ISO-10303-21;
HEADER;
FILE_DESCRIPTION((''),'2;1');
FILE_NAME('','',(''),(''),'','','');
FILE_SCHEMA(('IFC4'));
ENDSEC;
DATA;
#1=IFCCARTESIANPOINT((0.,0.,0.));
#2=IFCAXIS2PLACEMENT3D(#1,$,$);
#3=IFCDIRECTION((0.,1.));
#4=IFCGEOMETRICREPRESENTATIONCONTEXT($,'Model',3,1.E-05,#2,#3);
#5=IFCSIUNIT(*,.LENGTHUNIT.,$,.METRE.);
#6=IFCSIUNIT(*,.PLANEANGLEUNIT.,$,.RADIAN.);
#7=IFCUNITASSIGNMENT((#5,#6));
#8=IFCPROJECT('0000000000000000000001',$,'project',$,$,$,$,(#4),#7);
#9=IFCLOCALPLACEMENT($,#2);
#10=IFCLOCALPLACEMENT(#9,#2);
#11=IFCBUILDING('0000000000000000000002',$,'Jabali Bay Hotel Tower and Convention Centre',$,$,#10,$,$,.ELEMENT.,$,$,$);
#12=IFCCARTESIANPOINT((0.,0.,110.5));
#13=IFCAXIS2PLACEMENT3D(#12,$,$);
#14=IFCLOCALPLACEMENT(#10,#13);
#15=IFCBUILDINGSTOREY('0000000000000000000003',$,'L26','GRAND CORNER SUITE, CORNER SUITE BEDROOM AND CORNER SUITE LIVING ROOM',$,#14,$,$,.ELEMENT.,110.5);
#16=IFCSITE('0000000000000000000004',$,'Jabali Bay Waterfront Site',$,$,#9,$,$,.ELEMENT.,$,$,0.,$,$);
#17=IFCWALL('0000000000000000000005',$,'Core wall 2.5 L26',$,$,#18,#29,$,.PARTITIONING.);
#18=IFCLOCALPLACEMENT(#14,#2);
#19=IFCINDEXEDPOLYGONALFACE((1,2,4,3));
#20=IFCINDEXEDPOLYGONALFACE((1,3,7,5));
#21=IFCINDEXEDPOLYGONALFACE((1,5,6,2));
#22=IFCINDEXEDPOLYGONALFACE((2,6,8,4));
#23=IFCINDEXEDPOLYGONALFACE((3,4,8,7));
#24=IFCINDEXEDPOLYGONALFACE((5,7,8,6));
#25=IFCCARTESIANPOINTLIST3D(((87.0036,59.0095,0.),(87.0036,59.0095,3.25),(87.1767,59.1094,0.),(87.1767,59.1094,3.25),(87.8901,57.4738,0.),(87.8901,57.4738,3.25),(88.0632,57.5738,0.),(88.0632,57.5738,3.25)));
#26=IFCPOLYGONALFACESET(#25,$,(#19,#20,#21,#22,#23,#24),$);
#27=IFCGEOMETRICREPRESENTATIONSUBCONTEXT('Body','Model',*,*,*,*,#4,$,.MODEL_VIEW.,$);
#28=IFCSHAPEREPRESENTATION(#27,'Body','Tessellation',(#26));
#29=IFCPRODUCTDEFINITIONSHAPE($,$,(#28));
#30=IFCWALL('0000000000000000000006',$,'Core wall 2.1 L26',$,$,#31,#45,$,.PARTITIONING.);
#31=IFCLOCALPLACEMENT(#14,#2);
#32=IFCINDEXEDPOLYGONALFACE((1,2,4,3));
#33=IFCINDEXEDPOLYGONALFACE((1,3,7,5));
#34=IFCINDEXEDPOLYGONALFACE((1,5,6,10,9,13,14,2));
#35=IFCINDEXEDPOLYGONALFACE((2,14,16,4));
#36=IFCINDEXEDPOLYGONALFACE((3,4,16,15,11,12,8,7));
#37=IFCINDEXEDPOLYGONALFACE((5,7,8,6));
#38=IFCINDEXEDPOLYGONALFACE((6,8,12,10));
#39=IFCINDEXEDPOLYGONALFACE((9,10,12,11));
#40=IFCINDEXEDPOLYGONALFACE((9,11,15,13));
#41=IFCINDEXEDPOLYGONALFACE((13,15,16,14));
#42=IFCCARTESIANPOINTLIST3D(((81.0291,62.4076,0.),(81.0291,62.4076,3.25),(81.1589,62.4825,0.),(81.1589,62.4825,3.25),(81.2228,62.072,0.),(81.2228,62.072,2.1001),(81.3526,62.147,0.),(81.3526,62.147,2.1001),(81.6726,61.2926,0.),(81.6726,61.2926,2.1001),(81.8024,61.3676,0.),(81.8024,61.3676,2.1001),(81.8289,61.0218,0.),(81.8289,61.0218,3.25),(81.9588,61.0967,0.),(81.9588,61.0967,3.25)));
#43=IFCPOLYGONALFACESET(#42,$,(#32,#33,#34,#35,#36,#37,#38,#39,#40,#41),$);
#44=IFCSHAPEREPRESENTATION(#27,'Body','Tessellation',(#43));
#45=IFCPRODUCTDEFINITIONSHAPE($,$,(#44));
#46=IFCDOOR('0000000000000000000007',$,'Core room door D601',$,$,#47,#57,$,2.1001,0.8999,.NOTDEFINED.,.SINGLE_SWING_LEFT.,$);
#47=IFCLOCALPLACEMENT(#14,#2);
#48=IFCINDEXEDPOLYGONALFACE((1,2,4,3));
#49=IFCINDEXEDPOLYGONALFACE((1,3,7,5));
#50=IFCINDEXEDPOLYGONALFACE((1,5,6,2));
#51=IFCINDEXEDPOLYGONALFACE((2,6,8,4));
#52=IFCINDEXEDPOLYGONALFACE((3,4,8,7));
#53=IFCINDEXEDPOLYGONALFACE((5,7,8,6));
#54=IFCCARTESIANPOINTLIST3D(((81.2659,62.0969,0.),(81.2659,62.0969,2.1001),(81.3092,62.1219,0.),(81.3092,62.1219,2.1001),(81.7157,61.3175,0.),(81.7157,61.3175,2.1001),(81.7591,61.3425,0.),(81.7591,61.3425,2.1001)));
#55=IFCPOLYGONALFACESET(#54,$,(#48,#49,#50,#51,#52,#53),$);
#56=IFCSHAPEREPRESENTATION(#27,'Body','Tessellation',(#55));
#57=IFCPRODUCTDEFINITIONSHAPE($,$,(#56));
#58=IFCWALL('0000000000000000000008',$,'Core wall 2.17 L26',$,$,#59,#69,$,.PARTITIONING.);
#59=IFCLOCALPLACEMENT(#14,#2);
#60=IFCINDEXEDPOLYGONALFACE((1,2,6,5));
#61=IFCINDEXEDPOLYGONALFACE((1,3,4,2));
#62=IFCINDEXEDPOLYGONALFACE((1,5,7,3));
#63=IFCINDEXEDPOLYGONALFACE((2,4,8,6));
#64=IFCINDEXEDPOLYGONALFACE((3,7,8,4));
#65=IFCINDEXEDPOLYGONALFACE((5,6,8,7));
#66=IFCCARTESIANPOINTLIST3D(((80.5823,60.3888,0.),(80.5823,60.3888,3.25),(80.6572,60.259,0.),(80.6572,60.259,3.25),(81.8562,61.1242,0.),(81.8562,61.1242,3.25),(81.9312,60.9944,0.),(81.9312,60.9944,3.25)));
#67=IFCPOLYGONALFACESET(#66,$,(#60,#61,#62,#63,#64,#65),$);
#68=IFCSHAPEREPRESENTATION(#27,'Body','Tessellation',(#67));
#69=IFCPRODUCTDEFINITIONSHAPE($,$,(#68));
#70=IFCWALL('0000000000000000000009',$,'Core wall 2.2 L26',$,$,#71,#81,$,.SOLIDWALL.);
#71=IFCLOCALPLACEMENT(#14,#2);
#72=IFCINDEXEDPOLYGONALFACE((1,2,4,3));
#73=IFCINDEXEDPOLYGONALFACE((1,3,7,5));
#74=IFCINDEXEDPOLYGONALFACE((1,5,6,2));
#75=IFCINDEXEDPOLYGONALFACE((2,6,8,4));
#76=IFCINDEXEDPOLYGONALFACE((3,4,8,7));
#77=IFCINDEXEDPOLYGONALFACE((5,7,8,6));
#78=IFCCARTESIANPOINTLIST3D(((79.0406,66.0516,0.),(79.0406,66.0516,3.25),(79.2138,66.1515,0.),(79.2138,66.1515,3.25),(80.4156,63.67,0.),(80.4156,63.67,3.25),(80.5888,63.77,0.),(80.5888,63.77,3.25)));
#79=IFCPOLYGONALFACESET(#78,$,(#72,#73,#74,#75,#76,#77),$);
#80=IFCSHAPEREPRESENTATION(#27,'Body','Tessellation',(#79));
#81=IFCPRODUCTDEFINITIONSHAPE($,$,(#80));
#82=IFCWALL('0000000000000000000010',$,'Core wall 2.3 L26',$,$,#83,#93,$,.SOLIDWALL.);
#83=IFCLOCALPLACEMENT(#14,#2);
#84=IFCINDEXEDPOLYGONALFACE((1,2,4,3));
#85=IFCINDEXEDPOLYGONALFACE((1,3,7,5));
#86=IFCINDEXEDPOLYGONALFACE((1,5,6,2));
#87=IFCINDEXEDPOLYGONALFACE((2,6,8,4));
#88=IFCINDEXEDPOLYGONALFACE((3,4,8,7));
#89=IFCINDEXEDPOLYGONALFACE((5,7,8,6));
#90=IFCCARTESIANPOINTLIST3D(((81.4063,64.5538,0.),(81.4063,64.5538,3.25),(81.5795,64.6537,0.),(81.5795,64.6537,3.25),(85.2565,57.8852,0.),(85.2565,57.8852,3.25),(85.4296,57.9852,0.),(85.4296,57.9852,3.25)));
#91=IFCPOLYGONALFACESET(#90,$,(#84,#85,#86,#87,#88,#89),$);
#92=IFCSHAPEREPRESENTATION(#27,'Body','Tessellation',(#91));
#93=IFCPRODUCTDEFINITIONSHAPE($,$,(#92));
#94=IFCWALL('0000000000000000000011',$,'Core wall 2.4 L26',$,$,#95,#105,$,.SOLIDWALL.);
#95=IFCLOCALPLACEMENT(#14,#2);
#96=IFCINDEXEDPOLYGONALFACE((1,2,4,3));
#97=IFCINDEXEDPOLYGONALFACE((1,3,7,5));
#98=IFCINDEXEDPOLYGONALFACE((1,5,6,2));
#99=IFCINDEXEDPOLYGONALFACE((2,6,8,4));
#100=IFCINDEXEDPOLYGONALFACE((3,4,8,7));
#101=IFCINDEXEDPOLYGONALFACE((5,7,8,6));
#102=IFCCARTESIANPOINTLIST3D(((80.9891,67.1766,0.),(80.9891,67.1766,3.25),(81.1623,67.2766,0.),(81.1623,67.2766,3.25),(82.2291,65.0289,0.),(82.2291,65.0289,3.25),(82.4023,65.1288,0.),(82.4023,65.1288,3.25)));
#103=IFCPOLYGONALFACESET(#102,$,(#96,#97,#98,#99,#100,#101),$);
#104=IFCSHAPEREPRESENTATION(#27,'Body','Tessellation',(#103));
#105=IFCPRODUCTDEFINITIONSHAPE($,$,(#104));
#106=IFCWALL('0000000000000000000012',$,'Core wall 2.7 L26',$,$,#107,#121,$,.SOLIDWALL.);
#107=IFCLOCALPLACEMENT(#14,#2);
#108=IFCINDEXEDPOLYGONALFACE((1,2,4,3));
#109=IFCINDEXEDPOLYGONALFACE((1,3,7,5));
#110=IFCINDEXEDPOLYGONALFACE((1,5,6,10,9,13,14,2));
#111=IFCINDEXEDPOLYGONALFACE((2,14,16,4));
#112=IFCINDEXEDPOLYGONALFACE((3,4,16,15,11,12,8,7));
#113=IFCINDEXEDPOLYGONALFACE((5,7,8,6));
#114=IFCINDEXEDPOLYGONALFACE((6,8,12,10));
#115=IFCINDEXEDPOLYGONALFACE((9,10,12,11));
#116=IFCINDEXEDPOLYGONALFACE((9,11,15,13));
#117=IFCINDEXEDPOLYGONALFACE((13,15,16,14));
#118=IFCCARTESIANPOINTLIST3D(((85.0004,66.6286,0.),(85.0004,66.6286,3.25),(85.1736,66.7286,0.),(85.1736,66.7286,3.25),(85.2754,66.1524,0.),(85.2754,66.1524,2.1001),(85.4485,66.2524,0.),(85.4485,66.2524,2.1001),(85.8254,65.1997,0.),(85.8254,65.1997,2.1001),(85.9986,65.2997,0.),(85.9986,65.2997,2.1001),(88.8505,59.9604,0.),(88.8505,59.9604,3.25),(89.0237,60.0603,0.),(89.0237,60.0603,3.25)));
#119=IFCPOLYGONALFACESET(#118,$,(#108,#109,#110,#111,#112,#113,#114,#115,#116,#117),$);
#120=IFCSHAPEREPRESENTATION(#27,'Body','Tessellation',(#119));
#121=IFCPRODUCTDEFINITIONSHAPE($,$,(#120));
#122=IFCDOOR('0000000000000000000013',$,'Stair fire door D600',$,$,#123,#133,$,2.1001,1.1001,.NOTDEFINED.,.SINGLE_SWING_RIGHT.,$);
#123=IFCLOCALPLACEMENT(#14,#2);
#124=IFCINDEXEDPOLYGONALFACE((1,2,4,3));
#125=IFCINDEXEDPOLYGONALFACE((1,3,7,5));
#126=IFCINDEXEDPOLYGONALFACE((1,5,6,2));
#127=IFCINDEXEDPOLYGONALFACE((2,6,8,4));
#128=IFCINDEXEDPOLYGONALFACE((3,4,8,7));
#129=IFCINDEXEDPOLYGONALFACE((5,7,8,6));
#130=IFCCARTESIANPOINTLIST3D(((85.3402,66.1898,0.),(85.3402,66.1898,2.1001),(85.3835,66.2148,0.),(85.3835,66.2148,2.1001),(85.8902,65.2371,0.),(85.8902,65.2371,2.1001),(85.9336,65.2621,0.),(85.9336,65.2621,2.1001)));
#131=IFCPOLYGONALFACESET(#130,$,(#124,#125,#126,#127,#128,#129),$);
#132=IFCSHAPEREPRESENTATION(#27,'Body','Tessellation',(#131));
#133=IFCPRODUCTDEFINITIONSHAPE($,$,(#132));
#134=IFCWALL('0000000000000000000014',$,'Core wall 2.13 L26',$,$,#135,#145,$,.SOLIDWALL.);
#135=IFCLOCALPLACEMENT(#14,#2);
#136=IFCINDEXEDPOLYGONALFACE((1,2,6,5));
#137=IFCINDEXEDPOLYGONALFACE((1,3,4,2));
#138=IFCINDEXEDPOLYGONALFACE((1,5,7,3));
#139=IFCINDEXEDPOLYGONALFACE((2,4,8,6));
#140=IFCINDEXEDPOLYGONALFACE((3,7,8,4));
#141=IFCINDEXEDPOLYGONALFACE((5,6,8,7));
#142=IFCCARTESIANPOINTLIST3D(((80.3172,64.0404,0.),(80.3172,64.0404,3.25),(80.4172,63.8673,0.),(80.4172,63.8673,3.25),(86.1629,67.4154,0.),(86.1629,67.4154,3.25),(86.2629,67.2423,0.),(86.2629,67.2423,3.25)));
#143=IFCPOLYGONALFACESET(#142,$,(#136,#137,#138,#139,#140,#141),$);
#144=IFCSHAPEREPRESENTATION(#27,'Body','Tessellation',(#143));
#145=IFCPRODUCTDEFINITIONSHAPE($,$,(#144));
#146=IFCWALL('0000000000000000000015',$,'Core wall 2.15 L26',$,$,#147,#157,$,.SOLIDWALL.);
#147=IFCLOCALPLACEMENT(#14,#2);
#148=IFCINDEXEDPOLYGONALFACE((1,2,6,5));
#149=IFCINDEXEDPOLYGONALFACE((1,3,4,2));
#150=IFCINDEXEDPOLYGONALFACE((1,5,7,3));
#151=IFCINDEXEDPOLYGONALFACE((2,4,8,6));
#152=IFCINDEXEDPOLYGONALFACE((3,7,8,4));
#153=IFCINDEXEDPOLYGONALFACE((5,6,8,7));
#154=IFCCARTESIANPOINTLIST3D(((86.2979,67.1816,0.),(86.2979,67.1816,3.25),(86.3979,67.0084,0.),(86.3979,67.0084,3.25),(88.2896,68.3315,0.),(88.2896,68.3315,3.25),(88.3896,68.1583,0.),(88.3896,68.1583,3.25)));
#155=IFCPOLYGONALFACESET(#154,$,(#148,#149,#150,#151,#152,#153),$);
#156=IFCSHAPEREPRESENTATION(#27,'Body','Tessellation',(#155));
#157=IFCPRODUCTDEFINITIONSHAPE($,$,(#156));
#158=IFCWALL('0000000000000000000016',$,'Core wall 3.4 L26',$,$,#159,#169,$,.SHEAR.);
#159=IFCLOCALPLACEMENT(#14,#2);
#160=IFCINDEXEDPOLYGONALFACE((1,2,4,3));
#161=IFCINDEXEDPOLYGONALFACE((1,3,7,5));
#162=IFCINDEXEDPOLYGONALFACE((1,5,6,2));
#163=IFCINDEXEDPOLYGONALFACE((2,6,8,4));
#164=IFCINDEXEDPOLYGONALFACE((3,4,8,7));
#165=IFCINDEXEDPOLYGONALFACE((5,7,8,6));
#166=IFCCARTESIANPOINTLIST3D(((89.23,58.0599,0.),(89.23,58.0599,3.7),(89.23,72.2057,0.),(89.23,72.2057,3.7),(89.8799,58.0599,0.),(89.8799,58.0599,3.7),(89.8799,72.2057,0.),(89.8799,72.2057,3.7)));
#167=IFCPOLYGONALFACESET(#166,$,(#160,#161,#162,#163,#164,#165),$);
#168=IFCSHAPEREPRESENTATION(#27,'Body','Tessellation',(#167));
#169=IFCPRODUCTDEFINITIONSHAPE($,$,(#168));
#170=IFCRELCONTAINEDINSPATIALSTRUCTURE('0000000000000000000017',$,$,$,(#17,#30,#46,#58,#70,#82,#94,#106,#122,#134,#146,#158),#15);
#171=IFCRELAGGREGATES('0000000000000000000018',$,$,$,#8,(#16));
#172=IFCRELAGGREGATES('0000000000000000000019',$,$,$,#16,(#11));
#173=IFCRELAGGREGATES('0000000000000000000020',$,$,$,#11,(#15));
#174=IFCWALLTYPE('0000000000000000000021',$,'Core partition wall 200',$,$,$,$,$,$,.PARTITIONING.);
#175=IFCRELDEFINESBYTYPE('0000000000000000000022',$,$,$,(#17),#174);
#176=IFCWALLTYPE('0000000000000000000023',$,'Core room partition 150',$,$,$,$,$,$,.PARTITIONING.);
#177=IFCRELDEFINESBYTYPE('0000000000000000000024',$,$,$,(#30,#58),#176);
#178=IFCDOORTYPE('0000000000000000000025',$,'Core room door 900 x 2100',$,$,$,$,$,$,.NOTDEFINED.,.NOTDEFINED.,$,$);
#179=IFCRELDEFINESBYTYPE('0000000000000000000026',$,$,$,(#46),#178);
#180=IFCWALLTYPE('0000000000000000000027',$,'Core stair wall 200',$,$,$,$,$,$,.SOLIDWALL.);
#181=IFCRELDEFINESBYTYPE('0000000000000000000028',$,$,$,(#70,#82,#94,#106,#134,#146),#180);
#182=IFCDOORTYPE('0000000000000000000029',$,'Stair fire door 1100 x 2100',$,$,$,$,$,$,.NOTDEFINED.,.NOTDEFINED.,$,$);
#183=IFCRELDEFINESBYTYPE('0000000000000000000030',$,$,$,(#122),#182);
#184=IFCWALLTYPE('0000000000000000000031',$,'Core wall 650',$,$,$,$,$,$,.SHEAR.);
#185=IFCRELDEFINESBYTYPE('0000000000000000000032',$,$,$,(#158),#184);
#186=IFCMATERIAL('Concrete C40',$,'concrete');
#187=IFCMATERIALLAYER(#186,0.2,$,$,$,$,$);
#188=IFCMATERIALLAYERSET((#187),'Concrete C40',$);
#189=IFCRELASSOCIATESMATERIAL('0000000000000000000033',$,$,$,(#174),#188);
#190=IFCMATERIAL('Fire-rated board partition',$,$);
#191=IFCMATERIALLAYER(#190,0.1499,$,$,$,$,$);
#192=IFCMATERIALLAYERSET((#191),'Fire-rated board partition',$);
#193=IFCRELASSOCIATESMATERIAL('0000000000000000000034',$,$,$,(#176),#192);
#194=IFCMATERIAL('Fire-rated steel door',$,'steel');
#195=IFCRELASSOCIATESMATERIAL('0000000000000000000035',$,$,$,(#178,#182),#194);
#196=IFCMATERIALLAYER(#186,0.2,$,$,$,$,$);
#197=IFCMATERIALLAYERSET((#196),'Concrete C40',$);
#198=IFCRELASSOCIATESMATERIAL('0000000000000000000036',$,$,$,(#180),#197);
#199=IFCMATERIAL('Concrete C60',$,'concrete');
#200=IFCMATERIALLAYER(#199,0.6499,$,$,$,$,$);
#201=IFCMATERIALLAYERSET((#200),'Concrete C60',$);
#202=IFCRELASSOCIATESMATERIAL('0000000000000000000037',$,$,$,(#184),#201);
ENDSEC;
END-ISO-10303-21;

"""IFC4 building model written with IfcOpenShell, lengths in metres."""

from ifc_helpers import new_model, si_unit, direction, frame, frame_2d, origin, place, context, subcontext, project, spatial, rectangle, extrude, material, layer, layer_set, type_object, element, fill, save


model = new_model("IFC4")

# Units and contexts
model_context = context("Model", 3, precision=1e-05, world=origin(), true_north=direction((0.0, 1.0)))
body_context = subcontext(model_context, "Body", "Model", "MODEL_VIEW")
ifc_project = project(units=[si_unit("LENGTHUNIT", "METRE"), si_unit("PLANEANGLEUNIT", "RADIAN")], contexts=[model_context])

# Site, building, storey
site_placement = place(None, origin())
site = spatial("IfcSite", under=ifc_project, at=site_placement, Name="Jabali Bay Waterfront Site", CompositionType="ELEMENT", RefElevation=0.0)
building_placement = place(site_placement, origin())
building = spatial("IfcBuilding", under=site, at=building_placement, Name="Jabali Bay Hotel Tower and Convention Centre", CompositionType="ELEMENT")
storey_placement = place(building_placement, frame((0.0, 0.0, 110.5)))
storey = spatial("IfcBuildingStorey", under=building, at=storey_placement, Name="L26", Description="GRAND CORNER SUITE, CORNER SUITE BEDROOM AND CORNER SUITE LIVING ROOM", CompositionType="ELEMENT", Elevation=110.5)

# Wall
ifc_material_1 = material(Name="Concrete C40", Category="concrete")
ifc_layer_1 = layer(ifc_material_1, 0.2)
ifc_layer_set_1 = layer_set([ifc_layer_1], Name="Concrete C40")
wall_type_1 = type_object("IfcWallType", Name="Core partition wall 200", PredefinedType="PARTITIONING", material=ifc_layer_set_1)
wall_1_placement = place(storey_placement, frame((87.0901, 59.0596, 0.0), z_axis=(0.0, 0.0, 1.0), x_axis=(0.499945, -0.866057, 0.0)))
element("IfcWall", 1, at=wall_1_placement, inside=storey, type_object=wall_type_1, Name="Core wall 2.5 L26", PredefinedType="PARTITIONING", context=body_context, shape_type="SweptSolid", body=[
    extrude(rectangle(XDim=1.7732, YDim=0.2, at=frame_2d((0.8867, 0.0))), origin(), (0.0, 0.0, 1.0), 3.25),
])

# Wall, opening, door
ifc_material_2 = material(Name="Fire-rated board partition")
ifc_layer_2 = layer(ifc_material_2, 0.1499)
ifc_layer_set_2 = layer_set([ifc_layer_2], Name="Fire-rated board partition")
wall_type_2 = type_object("IfcWallType", Name="Core room partition 150", PredefinedType="PARTITIONING", material=ifc_layer_set_2)
wall_2_placement = place(storey_placement, frame((81.094, 62.4451, 0.0), z_axis=(0.0, 0.0, 1.0), x_axis=(0.499881, -0.866094, 0.0)))
wall_2 = element("IfcWall", 2, at=wall_2_placement, inside=storey, type_object=wall_type_2, Name="Core wall 2.1 L26", PredefinedType="PARTITIONING", context=body_context, shape_type="SweptSolid", body=[
    extrude(rectangle(XDim=1.6001, YDim=0.1499, at=frame_2d((0.8, 0.0))), origin(), (0.0, 0.0, 1.0), 3.25),
])
opening_1_placement = place(wall_2_placement, frame((0.3875, 0.0, 0.0)))
opening_1 = element("IfcOpeningElement", 3, at=opening_1_placement, cuts=wall_2, PredefinedType="OPENING", context=body_context, shape_type="SweptSolid", body=[
    extrude(rectangle(XDim=0.8999, YDim=2.1001, at=frame_2d((0.45, 1.05))), frame((0.0, 0.0854, 0.0), z_axis=(0.0, -1.0, 0.0), x_axis=(1.0, 0.0, 0.0)), (0.0, 0.0, 1.0), 0.1709),
])
ifc_material_3 = material(Name="Fire-rated steel door", Category="steel")
door_type_1 = type_object("IfcDoorType", Name="Core room door 900 x 2100", OperationType="NOTDEFINED", PredefinedType="NOTDEFINED", material=ifc_material_3)
door_1_placement = place(opening_1_placement, origin())
door_1 = element("IfcDoor", 4, at=door_1_placement, inside=storey, type_object=door_type_1, Name="Core room door D601", OperationType="SINGLE_SWING_LEFT", OverallHeight=2.1001, OverallWidth=0.8999, PredefinedType="NOTDEFINED", context=body_context, shape_type="SweptSolid", body=[
    extrude(rectangle(XDim=0.8999, YDim=2.1001, at=frame_2d((0.45, 1.05))), frame((0.0, 0.0249, 0.0), z_axis=(0.0, -1.0, 0.0), x_axis=(1.0, 0.0, 0.0)), (0.0, 0.0, 1.0), 0.05),
])
fill(opening_1, door_1)

# Walls
wall_3_placement = place(storey_placement, frame((80.6199, 60.324, 0.0), z_axis=(0.0, 0.0, 1.0), x_axis=(0.86607, 0.499924, 0.0)))
element("IfcWall", 5, at=wall_3_placement, inside=storey, type_object=wall_type_2, Name="Core wall 2.17 L26", PredefinedType="PARTITIONING", context=body_context, shape_type="SweptSolid", body=[
    extrude(rectangle(XDim=1.4709, YDim=0.1499, at=frame_2d((0.7354, 0.0))), origin(), (0.0, 0.0, 1.0), 3.25),
])
ifc_layer_3 = layer(ifc_material_1, 0.2)
ifc_layer_set_3 = layer_set([ifc_layer_3], Name="Concrete C40")
wall_type_3 = type_object("IfcWallType", Name="Core stair wall 200", PredefinedType="SOLIDWALL", material=ifc_layer_set_3)
wall_4_placement = place(storey_placement, frame((79.1272, 66.1016, 0.0), z_axis=(0.0, 0.0, 1.0), x_axis=(0.499997, -0.866027, 0.0)))
element("IfcWall", 6, at=wall_4_placement, inside=storey, type_object=wall_type_3, Name="Core wall 2.2 L26", PredefinedType="SOLIDWALL", context=body_context, shape_type="SweptSolid", body=[
    extrude(rectangle(XDim=2.75, YDim=0.2, at=frame_2d((1.375, 0.0))), origin(), (0.0, 0.0, 1.0), 3.25),
])
wall_5_placement = place(storey_placement, frame((81.4929, 64.6038, 0.0), z_axis=(0.0, 0.0, 1.0), x_axis=(0.500006, -0.866022, 0.0)))
element("IfcWall", 7, at=wall_5_placement, inside=storey, type_object=wall_type_3, Name="Core wall 2.3 L26", PredefinedType="SOLIDWALL", context=body_context, shape_type="SweptSolid", body=[
    extrude(rectangle(XDim=7.7002, YDim=0.2, at=frame_2d((3.8501, 0.0))), origin(), (0.0, 0.0, 1.0), 3.25),
])
wall_6_placement = place(storey_placement, frame((81.0757, 67.2266, 0.0), z_axis=(0.0, 0.0, 1.0), x_axis=(0.500004, -0.866023, 0.0)))
element("IfcWall", 8, at=wall_6_placement, inside=storey, type_object=wall_type_3, Name="Core wall 2.4 L26", PredefinedType="SOLIDWALL", context=body_context, shape_type="SweptSolid", body=[
    extrude(rectangle(XDim=2.48, YDim=0.2, at=frame_2d((1.24, 0.0))), origin(), (0.0, 0.0, 1.0), 3.25),
])

# Wall, opening, door
wall_7_placement = place(storey_placement, frame((85.0869, 66.6787, 0.0), z_axis=(0.0, 0.0, 1.0), x_axis=(0.50002, -0.866014, 0.0)))
wall_7 = element("IfcWall", 9, at=wall_7_placement, inside=storey, type_object=wall_type_3, Name="Core wall 2.7 L26", PredefinedType="SOLIDWALL", context=body_context, shape_type="SweptSolid", body=[
    extrude(rectangle(XDim=7.7, YDim=0.2, at=frame_2d((3.8501, 0.0))), origin(), (0.0, 0.0, 1.0), 3.25),
])
opening_2_placement = place(wall_7_placement, frame((0.55, 0.0, 0.0)))
opening_2 = element("IfcOpeningElement", 10, at=opening_2_placement, cuts=wall_7, PredefinedType="OPENING", context=body_context, shape_type="SweptSolid", body=[
    extrude(rectangle(XDim=1.1001, YDim=2.1001, at=frame_2d((0.55, 1.05))), frame((0.0, 0.1104, 0.0), z_axis=(0.0, -1.0, 0.0), x_axis=(1.0, 0.0, 0.0)), (0.0, 0.0, 1.0), 0.2209),
])
door_type_2 = type_object("IfcDoorType", Name="Stair fire door 1100 x 2100", OperationType="NOTDEFINED", PredefinedType="NOTDEFINED", material=ifc_material_3)
door_2_placement = place(opening_2_placement, origin())
door_2 = element("IfcDoor", 11, at=door_2_placement, inside=storey, type_object=door_type_2, Name="Stair fire door D600", OperationType="SINGLE_SWING_RIGHT", OverallHeight=2.1001, OverallWidth=1.1001, PredefinedType="NOTDEFINED", context=body_context, shape_type="SweptSolid", body=[
    extrude(rectangle(XDim=1.1001, YDim=2.1001, at=frame_2d((0.55, 1.05))), frame((0.0, 0.0249, 0.0), z_axis=(0.0, -1.0, 0.0), x_axis=(1.0, 0.0, 0.0)), (0.0, 0.0, 1.0), 0.05),
])
fill(opening_2, door_2)

# Walls
wall_8_placement = place(storey_placement, frame((80.3672, 63.9539, 0.0), z_axis=(0.0, 0.0, 1.0), x_axis=(0.866027, 0.499998, 0.0)))
element("IfcWall", 12, at=wall_8_placement, inside=storey, type_object=wall_type_3, Name="Core wall 2.13 L26", PredefinedType="SOLIDWALL", context=body_context, shape_type="SweptSolid", body=[
    extrude(rectangle(XDim=6.75, YDim=0.2, at=frame_2d((3.375, 0.0))), origin(), (0.0, 0.0, 1.0), 3.25),
])
wall_9_placement = place(storey_placement, frame((86.3479, 67.095, 0.0), z_axis=(0.0, 0.0, 1.0), x_axis=(0.866026, 0.499998, 0.0)))
element("IfcWall", 13, at=wall_9_placement, inside=storey, type_object=wall_type_3, Name="Core wall 2.15 L26", PredefinedType="SOLIDWALL", context=body_context, shape_type="SweptSolid", body=[
    extrude(rectangle(XDim=2.2998, YDim=0.2, at=frame_2d((1.1499, 0.0))), origin(), (0.0, 0.0, 1.0), 3.25),
])
ifc_material_4 = material(Name="Concrete C60", Category="concrete")
ifc_layer_4 = layer(ifc_material_4, 0.6499)
ifc_layer_set_4 = layer_set([ifc_layer_4], Name="Concrete C60")
wall_type_4 = type_object("IfcWallType", Name="Core wall 650", PredefinedType="SHEAR", material=ifc_layer_set_4)
wall_10_placement = place(storey_placement, frame((89.5549, 58.0601, 0.0), z_axis=(0.0, 0.0, 1.0), x_axis=(0.0, 1.0, 0.0)))
element("IfcWall", 14, at=wall_10_placement, inside=storey, type_object=wall_type_4, Name="Core wall 3.4 L26", PredefinedType="SHEAR", context=body_context, shape_type="SweptSolid", body=[
    extrude(rectangle(XDim=14.1458, YDim=0.6499, at=frame_2d((7.0728, 0.0))), origin(), (0.0, 0.0, 1.0), 3.7),
])

save(model, "model.ifc")
